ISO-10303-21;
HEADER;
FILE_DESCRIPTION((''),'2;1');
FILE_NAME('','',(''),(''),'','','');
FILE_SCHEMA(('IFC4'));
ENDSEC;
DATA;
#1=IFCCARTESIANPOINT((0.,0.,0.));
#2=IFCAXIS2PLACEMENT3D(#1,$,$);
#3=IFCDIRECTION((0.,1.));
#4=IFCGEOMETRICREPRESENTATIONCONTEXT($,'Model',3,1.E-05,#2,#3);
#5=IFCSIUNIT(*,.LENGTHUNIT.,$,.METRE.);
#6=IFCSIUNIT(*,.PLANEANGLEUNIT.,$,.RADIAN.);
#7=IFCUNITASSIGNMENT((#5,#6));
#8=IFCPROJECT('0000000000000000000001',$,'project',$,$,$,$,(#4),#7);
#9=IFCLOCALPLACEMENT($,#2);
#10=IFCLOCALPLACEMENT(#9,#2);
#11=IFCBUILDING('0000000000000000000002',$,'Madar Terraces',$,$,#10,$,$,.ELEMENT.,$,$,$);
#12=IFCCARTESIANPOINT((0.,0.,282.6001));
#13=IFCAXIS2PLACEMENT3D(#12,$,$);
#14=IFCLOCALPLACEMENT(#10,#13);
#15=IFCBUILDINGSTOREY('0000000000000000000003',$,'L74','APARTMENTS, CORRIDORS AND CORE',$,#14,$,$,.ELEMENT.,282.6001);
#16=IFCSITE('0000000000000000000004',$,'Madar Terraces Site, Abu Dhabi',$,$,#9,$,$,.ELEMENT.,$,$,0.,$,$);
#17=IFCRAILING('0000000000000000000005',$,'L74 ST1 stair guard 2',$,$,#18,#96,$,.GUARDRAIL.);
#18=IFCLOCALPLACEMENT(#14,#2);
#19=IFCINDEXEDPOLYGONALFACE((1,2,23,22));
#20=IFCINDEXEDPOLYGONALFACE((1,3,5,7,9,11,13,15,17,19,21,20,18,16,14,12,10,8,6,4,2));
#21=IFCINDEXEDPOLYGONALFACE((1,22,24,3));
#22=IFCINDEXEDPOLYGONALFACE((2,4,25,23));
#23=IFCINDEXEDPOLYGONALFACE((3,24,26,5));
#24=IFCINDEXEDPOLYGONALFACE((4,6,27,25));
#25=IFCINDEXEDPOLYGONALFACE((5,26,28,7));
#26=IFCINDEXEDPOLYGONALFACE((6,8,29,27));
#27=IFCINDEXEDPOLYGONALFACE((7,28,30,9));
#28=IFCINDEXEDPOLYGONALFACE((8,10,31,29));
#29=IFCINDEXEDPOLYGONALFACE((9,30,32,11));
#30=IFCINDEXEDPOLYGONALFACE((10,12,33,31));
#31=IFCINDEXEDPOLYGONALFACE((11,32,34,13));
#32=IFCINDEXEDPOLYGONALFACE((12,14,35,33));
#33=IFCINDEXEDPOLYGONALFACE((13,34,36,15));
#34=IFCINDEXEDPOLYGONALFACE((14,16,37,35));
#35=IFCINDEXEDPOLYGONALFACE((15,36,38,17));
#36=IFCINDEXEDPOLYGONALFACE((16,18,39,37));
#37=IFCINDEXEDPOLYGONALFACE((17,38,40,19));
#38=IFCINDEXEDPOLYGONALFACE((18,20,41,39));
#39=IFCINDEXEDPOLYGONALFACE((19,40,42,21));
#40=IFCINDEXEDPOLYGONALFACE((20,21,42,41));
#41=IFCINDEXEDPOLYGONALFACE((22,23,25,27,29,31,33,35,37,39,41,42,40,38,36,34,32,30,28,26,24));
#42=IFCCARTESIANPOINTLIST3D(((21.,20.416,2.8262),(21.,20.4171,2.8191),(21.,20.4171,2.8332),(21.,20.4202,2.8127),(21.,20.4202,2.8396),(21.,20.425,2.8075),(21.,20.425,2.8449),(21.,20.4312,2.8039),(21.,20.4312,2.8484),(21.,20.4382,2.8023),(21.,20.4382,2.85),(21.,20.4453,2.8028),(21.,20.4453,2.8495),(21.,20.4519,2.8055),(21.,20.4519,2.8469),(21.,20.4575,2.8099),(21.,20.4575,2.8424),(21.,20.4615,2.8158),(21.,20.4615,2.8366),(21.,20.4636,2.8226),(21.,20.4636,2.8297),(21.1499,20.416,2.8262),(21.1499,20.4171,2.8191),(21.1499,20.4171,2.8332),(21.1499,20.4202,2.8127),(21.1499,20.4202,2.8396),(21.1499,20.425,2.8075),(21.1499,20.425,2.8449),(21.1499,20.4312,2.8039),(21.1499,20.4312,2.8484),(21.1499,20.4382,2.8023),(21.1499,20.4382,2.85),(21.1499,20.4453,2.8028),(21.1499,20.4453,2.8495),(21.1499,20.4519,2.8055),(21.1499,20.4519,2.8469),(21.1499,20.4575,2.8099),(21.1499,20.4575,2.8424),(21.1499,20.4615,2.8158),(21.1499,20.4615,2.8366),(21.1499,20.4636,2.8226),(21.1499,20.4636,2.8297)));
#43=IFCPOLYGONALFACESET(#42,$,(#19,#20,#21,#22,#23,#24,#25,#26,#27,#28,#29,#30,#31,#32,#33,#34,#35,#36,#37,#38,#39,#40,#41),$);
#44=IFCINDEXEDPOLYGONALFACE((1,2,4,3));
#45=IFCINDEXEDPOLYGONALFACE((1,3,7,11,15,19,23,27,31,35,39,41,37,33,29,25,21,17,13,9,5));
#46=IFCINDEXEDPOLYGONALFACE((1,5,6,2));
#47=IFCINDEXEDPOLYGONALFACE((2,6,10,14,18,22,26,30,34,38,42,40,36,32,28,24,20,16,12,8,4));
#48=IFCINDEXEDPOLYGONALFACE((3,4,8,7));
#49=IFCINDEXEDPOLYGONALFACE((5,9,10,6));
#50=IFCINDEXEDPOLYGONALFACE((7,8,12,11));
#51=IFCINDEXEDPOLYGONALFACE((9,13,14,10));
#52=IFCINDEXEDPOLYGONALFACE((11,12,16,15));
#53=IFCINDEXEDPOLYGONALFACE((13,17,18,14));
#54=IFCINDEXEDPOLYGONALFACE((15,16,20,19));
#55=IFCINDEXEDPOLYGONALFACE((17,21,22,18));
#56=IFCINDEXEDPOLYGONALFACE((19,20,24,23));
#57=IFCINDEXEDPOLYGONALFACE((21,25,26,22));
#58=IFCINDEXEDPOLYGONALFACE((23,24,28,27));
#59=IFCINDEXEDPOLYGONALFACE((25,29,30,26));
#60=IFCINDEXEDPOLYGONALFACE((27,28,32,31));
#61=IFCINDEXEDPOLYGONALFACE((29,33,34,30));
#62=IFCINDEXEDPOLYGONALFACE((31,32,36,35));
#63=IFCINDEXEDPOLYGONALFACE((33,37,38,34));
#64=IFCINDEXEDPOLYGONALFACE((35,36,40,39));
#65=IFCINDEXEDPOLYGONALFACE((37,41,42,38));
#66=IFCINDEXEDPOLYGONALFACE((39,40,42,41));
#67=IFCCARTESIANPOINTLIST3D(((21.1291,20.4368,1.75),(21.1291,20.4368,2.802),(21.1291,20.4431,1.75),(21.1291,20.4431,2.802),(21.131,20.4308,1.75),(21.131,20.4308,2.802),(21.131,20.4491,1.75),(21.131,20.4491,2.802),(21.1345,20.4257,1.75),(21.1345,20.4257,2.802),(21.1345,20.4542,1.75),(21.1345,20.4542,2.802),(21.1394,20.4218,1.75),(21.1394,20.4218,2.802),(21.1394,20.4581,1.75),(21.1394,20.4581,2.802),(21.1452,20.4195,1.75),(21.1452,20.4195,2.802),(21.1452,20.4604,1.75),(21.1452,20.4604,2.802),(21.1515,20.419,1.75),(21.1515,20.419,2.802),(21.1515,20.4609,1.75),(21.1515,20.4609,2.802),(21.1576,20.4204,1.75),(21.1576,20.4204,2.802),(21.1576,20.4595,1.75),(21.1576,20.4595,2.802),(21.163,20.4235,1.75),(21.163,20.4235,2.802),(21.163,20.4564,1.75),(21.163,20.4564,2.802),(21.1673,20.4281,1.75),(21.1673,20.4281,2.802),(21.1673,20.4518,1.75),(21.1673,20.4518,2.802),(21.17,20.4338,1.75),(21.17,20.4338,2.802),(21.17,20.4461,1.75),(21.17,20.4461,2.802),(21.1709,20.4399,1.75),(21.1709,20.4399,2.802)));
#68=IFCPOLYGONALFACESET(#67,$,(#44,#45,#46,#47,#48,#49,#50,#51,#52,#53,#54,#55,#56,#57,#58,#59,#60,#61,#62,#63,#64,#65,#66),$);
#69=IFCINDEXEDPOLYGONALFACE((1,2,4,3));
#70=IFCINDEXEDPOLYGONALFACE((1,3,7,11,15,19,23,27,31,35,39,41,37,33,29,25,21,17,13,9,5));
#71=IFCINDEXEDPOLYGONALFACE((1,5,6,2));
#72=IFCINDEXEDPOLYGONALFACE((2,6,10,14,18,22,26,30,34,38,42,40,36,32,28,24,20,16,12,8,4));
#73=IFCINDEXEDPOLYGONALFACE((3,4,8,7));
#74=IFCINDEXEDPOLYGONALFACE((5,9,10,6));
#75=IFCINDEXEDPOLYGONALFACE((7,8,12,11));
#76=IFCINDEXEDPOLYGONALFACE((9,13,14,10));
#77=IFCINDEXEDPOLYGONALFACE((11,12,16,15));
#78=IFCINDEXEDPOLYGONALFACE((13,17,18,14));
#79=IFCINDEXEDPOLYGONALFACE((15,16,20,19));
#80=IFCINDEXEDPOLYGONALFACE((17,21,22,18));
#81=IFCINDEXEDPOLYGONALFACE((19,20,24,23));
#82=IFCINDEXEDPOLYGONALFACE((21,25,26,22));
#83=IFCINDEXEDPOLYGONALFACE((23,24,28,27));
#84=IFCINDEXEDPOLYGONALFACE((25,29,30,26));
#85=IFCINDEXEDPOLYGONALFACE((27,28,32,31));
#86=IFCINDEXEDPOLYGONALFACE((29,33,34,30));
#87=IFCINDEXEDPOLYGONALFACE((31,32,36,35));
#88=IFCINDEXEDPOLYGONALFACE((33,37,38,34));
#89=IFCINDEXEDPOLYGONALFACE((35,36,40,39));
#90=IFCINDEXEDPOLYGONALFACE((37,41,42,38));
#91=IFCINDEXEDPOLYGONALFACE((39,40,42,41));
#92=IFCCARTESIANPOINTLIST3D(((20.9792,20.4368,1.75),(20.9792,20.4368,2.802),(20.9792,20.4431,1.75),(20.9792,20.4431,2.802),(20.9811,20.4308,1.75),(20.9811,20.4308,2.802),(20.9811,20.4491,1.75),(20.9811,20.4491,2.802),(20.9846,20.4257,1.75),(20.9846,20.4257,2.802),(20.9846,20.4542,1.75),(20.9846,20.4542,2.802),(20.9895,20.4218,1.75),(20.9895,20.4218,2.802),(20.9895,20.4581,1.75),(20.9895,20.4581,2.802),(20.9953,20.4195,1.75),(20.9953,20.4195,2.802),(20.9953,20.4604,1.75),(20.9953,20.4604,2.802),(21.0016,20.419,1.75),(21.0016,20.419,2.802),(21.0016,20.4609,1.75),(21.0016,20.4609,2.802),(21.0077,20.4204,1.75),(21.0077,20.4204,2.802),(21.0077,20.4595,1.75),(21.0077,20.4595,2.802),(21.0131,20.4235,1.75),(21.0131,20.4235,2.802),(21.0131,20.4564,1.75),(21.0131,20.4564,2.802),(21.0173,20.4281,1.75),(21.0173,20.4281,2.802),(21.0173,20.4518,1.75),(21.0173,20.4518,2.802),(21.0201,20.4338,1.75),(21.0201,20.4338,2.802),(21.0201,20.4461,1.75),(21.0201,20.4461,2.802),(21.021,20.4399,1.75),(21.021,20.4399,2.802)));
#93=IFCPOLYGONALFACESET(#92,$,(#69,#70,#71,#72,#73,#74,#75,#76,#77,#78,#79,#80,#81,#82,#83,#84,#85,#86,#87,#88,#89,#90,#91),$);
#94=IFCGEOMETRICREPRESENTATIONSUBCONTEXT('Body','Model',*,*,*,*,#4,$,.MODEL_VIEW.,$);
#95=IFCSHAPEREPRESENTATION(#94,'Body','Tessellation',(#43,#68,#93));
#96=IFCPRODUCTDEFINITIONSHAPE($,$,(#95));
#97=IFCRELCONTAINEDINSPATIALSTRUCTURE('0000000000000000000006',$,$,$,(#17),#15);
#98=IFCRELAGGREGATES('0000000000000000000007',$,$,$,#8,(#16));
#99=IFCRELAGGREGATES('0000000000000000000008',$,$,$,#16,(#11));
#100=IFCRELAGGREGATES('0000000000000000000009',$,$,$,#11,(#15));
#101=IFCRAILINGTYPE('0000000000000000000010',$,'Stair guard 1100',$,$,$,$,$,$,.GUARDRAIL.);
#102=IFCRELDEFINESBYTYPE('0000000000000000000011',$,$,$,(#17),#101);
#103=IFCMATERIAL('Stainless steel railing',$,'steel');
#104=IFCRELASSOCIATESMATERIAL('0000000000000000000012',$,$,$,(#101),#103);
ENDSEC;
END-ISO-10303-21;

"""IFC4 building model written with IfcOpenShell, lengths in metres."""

from ifc_helpers import new_model, si_unit, direction, frame, origin, origin_2d, place, context, subcontext, project, spatial, circle, extrude, material, type_object, element, save


model = new_model("IFC4")

# Units and contexts
model_context = context("Model", 3, precision=1e-05, world=origin(), true_north=direction((0.0, 1.0)))
body_context = subcontext(model_context, "Body", "Model", "MODEL_VIEW")
ifc_project = project(units=[si_unit("LENGTHUNIT", "METRE"), si_unit("PLANEANGLEUNIT", "RADIAN")], contexts=[model_context])

# Site, building, storey
site_placement = place(None, origin())
site = spatial("IfcSite", under=ifc_project, at=site_placement, Name="Madar Terraces Site, Abu Dhabi", CompositionType="ELEMENT", RefElevation=0.0)
building_placement = place(site_placement, origin())
building = spatial("IfcBuilding", under=site, at=building_placement, Name="Madar Terraces", CompositionType="ELEMENT")
storey_placement = place(building_placement, frame((0.0, 0.0, 282.6001)))
storey = spatial("IfcBuildingStorey", under=building, at=storey_placement, Name="L74", Description="APARTMENTS, CORRIDORS AND CORE", CompositionType="ELEMENT", Elevation=282.6001)

# Railing
ifc_material_1 = material(Name="Stainless steel railing", Category="steel")
railing_type_1 = type_object("IfcRailingType", Name="Stair guard 1100", PredefinedType="GUARDRAIL", material=ifc_material_1)
railing_1_placement = place(storey_placement, frame((21.1499, 20.4399, 1.75)))
element("IfcRailing", 1, at=railing_1_placement, inside=storey, type_object=railing_type_1, Name="L74 ST1 stair guard 2", PredefinedType="GUARDRAIL", context=body_context, shape_type="SweptSolid", body=[
    extrude(circle(Radius=0.0239, at=origin_2d()), frame((0.0, 0.0, 1.0762), z_axis=(-1.0, 0.0, 0.0), x_axis=(0.0, -1.0, 0.0)), (0.0, 0.0, 1.0), 0.1499),
    extrude(circle(Radius=0.021, at=origin_2d()), origin(), (0.0, 0.0, 1.0), 1.052),
    extrude(circle(Radius=0.021, at=origin_2d()), frame((-0.1499, 0.0, 0.0)), (0.0, 0.0, 1.0), 1.052),
])

save(model, "model.ifc")
